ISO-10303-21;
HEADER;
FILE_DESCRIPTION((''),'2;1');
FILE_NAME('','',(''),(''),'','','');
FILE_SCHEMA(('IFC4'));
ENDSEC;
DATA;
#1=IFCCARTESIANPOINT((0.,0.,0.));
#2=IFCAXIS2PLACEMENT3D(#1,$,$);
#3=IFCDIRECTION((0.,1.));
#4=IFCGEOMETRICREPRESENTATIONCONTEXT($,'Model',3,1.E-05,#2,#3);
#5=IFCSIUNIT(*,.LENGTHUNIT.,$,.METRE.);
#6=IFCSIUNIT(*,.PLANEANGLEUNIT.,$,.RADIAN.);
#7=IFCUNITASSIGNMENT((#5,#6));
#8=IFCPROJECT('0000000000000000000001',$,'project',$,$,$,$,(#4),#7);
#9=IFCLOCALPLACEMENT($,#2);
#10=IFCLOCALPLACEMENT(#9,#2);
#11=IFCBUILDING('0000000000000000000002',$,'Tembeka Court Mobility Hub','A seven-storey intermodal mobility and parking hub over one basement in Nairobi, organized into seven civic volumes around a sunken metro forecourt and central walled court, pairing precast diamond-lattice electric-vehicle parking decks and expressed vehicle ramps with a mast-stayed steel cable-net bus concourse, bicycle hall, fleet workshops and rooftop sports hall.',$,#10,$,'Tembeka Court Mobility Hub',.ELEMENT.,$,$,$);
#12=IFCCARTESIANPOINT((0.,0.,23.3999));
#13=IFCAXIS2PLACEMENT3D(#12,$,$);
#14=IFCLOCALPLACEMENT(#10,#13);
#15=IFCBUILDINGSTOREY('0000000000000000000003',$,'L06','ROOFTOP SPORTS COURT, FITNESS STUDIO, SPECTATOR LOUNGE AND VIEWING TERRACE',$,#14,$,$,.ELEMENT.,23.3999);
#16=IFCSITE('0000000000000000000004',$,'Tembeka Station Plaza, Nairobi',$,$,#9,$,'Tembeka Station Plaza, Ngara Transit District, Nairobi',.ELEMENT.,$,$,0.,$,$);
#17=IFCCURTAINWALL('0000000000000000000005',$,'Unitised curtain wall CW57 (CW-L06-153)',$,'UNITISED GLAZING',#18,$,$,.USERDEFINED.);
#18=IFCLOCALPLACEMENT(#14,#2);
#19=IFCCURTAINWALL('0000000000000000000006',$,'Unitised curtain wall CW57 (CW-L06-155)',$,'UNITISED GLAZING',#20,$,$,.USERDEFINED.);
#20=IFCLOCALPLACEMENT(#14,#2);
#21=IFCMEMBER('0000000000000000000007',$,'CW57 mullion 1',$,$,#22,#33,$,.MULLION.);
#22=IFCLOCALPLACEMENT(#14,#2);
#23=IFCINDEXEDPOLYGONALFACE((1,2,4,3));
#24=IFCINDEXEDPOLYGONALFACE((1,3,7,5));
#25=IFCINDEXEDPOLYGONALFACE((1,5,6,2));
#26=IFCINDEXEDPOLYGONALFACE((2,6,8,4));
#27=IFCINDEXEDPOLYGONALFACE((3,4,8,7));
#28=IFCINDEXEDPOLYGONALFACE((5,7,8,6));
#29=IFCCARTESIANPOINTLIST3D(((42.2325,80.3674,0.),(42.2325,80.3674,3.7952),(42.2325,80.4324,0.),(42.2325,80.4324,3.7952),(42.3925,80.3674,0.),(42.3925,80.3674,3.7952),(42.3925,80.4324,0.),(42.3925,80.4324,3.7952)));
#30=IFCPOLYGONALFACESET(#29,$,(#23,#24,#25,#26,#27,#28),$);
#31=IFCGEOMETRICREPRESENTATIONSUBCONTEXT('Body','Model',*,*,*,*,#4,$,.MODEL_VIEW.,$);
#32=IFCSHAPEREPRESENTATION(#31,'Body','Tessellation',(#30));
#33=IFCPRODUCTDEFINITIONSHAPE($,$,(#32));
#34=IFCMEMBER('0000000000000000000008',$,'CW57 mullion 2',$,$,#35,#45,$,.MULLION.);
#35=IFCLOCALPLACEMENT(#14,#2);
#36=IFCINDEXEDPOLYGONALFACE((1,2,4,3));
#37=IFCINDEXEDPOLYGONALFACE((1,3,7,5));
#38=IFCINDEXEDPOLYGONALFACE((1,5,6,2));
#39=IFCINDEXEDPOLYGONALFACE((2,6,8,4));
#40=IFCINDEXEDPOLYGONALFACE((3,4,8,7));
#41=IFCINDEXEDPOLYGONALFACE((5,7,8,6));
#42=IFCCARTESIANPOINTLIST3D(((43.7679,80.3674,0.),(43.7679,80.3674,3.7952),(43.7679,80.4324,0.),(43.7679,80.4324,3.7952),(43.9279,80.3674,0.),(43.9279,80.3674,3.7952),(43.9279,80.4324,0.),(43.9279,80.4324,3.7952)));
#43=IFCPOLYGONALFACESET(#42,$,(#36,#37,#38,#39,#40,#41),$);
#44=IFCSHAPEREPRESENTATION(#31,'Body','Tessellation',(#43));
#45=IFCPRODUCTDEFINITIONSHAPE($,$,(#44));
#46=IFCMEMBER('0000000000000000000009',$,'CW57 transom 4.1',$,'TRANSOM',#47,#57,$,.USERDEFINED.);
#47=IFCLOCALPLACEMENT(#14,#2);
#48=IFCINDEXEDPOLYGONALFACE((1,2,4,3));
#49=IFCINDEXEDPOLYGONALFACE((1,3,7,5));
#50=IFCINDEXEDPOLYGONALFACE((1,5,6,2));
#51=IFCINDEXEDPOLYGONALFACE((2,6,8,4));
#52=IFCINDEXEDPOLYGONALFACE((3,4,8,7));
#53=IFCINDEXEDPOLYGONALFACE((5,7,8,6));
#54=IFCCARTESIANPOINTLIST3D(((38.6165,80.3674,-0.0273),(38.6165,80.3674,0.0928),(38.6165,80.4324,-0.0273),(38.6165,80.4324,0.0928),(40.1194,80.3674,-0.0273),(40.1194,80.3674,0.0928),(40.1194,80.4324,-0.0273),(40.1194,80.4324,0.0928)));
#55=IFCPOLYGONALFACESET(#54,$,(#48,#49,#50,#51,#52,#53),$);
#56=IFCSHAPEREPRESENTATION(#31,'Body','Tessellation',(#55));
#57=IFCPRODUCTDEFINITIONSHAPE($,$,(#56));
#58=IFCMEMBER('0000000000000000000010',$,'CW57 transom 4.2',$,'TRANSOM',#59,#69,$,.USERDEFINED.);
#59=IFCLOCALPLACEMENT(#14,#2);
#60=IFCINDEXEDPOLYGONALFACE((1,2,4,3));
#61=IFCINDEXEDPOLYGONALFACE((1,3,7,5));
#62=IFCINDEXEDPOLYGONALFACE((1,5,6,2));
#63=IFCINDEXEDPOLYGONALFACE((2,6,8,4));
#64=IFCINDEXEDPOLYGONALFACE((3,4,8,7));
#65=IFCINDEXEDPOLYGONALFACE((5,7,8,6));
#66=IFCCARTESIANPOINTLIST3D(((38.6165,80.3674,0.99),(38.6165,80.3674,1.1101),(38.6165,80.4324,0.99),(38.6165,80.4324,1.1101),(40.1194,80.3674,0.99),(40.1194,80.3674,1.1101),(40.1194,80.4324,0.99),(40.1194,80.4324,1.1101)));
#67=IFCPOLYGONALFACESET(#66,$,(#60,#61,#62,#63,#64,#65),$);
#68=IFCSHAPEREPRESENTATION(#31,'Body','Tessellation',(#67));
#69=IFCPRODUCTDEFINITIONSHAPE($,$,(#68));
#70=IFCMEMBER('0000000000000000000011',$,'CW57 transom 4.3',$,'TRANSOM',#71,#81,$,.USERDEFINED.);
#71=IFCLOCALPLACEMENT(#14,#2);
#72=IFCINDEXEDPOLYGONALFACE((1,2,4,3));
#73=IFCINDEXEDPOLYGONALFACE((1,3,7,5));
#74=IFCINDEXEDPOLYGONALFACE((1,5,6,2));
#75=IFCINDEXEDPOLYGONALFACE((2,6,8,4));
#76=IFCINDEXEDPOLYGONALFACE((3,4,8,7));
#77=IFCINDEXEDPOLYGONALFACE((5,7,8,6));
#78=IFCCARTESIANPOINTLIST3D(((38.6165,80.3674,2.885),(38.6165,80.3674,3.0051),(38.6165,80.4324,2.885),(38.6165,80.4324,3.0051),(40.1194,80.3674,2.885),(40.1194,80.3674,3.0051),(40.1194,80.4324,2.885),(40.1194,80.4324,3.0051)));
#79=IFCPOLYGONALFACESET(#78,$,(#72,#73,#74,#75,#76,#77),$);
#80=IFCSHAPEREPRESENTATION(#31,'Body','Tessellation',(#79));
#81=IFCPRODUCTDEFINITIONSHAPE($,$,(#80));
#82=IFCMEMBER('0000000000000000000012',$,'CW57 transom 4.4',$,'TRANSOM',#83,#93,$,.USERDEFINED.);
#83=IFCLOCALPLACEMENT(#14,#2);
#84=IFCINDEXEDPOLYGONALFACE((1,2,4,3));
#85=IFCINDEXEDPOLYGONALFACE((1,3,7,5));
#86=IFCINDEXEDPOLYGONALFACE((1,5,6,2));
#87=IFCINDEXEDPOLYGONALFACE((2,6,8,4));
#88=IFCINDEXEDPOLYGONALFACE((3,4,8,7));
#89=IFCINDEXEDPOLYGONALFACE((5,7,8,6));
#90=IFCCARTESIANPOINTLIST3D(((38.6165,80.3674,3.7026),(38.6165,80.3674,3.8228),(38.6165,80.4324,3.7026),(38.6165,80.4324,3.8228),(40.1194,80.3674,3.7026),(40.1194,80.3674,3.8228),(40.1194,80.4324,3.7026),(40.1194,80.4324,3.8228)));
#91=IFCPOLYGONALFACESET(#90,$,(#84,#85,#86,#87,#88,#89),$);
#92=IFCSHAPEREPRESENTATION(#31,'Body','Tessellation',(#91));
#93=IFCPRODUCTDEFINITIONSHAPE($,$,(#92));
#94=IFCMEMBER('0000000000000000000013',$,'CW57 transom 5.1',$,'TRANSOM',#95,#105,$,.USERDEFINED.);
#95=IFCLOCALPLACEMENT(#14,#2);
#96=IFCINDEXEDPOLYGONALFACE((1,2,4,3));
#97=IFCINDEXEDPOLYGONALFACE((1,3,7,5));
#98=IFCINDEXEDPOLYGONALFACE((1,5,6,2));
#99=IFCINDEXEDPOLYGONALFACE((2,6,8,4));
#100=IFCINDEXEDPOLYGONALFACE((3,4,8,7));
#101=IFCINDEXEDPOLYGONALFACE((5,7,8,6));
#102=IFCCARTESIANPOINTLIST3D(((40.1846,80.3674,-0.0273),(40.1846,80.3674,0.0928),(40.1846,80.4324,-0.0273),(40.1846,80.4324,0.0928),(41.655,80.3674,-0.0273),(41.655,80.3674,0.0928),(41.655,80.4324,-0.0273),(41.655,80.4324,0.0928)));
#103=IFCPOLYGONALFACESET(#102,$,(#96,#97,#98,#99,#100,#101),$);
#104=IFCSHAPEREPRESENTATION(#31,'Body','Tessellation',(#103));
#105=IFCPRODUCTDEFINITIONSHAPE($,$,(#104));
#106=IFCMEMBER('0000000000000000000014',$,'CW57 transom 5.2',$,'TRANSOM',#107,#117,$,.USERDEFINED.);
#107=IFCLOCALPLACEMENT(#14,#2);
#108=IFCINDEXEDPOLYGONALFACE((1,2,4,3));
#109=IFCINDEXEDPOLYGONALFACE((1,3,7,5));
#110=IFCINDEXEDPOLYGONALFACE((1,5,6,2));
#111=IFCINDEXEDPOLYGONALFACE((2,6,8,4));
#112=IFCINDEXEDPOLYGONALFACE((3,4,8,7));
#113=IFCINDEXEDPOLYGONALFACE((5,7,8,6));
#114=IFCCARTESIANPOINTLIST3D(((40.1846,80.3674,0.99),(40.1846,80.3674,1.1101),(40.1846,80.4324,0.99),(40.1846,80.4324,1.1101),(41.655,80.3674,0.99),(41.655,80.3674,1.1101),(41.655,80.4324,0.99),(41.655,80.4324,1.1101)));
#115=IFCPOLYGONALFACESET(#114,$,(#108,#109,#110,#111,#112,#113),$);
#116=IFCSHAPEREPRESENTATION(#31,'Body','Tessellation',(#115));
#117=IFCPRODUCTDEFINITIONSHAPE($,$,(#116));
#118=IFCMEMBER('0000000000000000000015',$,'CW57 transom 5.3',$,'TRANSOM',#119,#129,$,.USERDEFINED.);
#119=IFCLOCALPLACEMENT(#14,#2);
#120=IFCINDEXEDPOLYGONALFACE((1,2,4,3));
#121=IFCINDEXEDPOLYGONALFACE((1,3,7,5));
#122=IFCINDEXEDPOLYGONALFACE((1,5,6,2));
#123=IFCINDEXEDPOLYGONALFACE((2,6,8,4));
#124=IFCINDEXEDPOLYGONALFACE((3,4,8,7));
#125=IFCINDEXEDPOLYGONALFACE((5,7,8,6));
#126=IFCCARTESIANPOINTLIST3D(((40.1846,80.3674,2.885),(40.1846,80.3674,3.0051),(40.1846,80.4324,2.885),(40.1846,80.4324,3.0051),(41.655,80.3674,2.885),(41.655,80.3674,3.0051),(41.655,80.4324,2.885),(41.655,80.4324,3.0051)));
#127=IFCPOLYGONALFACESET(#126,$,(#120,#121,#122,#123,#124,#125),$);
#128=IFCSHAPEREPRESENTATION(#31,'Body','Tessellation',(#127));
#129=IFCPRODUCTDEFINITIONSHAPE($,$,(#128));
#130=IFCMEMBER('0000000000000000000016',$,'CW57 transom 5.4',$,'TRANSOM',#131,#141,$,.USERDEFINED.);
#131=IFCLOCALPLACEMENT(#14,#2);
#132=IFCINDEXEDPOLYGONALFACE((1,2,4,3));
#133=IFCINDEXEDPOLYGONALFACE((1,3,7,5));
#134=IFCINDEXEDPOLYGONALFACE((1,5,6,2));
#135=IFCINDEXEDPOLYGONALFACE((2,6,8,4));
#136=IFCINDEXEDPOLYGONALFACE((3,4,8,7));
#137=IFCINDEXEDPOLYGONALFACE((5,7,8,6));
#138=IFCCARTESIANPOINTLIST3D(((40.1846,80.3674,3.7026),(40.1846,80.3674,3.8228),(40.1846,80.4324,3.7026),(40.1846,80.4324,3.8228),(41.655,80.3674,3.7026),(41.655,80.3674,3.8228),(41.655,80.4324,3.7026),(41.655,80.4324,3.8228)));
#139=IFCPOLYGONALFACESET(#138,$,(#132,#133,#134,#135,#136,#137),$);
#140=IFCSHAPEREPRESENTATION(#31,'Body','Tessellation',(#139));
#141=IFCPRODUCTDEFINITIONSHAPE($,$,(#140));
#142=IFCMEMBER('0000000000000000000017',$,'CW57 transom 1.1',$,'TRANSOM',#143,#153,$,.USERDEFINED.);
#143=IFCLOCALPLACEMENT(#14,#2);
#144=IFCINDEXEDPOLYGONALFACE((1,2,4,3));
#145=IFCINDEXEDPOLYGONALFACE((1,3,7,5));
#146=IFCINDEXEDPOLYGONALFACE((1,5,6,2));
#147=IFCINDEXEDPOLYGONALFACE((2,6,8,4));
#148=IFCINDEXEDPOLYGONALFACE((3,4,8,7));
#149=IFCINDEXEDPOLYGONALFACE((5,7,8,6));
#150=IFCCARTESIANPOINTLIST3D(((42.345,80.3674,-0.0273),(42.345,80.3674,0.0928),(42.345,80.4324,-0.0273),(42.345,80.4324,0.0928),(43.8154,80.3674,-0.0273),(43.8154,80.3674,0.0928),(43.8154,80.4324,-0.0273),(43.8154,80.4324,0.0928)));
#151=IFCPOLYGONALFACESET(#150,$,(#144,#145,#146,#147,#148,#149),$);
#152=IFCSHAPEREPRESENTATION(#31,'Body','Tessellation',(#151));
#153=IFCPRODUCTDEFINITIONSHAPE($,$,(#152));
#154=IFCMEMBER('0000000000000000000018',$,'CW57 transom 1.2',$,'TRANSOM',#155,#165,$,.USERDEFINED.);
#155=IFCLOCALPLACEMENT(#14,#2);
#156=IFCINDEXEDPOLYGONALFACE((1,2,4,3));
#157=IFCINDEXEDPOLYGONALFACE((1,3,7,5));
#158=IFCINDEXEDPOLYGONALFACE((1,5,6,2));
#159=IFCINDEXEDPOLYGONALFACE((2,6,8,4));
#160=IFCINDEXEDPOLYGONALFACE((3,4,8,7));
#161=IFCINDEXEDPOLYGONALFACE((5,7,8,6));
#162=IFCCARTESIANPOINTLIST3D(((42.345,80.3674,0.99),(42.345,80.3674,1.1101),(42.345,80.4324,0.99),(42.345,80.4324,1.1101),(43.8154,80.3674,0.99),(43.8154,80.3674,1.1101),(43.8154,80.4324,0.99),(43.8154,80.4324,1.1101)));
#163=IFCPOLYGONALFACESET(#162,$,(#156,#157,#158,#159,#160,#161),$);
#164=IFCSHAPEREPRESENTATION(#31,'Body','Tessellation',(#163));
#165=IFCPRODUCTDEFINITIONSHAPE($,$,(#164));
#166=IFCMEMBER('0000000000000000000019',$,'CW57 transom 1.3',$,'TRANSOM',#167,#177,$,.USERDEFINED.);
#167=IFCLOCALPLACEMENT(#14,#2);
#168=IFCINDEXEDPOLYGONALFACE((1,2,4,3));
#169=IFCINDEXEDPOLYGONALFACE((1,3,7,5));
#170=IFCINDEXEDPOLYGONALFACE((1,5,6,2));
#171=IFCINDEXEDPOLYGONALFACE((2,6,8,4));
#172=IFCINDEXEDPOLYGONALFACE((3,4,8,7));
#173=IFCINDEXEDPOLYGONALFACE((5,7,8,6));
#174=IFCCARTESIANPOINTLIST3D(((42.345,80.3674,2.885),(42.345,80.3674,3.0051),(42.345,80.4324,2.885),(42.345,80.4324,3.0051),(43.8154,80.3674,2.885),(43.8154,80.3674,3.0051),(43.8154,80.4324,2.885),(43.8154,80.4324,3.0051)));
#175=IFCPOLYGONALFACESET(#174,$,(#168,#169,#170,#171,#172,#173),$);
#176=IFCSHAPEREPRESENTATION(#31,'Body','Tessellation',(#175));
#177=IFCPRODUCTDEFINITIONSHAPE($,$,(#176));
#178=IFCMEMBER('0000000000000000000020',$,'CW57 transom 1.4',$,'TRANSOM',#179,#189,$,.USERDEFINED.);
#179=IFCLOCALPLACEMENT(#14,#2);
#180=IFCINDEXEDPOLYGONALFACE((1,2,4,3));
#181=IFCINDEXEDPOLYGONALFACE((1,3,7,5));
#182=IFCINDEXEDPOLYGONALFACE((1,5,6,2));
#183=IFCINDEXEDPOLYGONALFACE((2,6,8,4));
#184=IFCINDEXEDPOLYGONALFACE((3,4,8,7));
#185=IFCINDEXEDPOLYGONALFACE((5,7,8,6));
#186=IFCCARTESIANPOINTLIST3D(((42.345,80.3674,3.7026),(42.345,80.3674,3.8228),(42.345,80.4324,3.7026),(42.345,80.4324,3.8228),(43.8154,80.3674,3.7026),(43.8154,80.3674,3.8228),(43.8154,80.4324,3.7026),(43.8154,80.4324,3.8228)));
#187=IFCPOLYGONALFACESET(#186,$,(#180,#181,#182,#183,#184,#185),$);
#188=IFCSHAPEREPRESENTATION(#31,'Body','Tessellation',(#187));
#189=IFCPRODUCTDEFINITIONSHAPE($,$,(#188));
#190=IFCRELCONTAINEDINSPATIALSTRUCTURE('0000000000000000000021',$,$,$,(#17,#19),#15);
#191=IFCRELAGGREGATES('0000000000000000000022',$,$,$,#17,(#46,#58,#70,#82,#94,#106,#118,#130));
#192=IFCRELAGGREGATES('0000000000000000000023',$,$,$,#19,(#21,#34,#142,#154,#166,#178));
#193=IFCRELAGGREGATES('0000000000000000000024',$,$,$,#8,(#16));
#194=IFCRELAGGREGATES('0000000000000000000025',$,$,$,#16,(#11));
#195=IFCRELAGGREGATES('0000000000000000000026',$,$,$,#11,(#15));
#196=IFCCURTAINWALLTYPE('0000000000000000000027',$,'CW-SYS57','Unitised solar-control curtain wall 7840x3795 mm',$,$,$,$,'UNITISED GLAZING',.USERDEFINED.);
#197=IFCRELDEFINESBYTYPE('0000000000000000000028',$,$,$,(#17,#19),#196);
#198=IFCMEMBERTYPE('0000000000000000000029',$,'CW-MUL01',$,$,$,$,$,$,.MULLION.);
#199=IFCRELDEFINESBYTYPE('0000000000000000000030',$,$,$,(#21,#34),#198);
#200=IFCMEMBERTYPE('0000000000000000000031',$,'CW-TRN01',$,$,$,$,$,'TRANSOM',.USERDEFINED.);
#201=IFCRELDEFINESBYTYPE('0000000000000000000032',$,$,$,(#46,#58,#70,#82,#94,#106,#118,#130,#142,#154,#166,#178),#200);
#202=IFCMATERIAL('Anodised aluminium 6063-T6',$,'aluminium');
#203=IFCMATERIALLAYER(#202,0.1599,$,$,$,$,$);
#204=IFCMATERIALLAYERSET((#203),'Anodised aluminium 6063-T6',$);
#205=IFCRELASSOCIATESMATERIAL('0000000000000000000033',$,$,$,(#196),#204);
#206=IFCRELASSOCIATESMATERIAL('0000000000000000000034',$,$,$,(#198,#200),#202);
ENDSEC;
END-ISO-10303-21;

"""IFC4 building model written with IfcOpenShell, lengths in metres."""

from ifc_helpers import new_model, si_unit, direction, frame, origin, origin_2d, place, context, subcontext, project, spatial, rectangle, extrude, material, layer, layer_set, material_profile, profile_set, type_object, element, aggregate, save


model = new_model("IFC4")

# Units and contexts
model_context = context("Model", 3, precision=1e-05, world=origin(), true_north=direction((0.0, 1.0)))
body_context = subcontext(model_context, "Body", "Model", "MODEL_VIEW")
ifc_project = project(units=[si_unit("LENGTHUNIT", "METRE"), si_unit("PLANEANGLEUNIT", "RADIAN")], contexts=[model_context])

# Site, building, storey
site_placement = place(None, origin())
site = spatial("IfcSite", under=ifc_project, at=site_placement, Name="Tembeka Station Plaza, Nairobi", LongName="Tembeka Station Plaza, Ngara Transit District, Nairobi", CompositionType="ELEMENT", RefElevation=0.0)
building_placement = place(site_placement, origin())
building = spatial("IfcBuilding", under=site, at=building_placement, Name="Tembeka Court Mobility Hub", Description="A seven-storey intermodal mobility and parking hub over one basement in Nairobi, organized into seven civic volumes around a sunken metro forecourt and central walled court, pairing precast diamond-lattice electric-vehicle parking decks and expressed vehicle ramps with a mast-stayed steel cable-net bus concourse, bicycle hall, fleet workshops and rooftop sports hall.", LongName="Tembeka Court Mobility Hub", CompositionType="ELEMENT")
storey_placement = place(building_placement, frame((0.0, 0.0, 23.3999)))
storey = spatial("IfcBuildingStorey", under=building, at=storey_placement, Name="L06", Description="ROOFTOP SPORTS COURT, FITNESS STUDIO, SPECTATOR LOUNGE AND VIEWING TERRACE", CompositionType="ELEMENT", Elevation=23.3999)

# Curtain walls, members
ifc_material_1 = material(Name="Anodised aluminium 6063-T6", Category="aluminium")
ifc_layer_1 = layer(ifc_material_1, 0.1599)
ifc_layer_set_1 = layer_set([ifc_layer_1], Name="Anodised aluminium 6063-T6")
curtain_wall_type = type_object("IfcCurtainWallType", Name="CW-SYS57", Description="Unitised solar-control curtain wall 7840x3795 mm", ElementType="UNITISED GLAZING", PredefinedType="USERDEFINED", material=ifc_layer_set_1)
curtain_wall_1_placement = place(storey_placement, origin())
curtain_wall_1 = element("IfcCurtainWall", 1, at=curtain_wall_1_placement, inside=storey, type_object=curtain_wall_type, Name="Unitised curtain wall CW57 (CW-L06-153)", ObjectType="UNITISED GLAZING", PredefinedType="USERDEFINED")
ifc_material_profile_1 = material_profile(ifc_material_1, rectangle(XDim=0.0649, YDim=0.1599, at=origin_2d()), Name="ALU-MUL 65x160")
ifc_profile_set_1 = profile_set([ifc_material_profile_1], Name="Anodised aluminium 6063-T6")
member_type_1 = type_object("IfcMemberType", Name="CW-MUL01", PredefinedType="MULLION", material=ifc_profile_set_1)
curtain_wall_2_placement = place(storey_placement, origin())
curtain_wall_2 = element("IfcCurtainWall", 2, at=curtain_wall_2_placement, inside=storey, type_object=curtain_wall_type, Name="Unitised curtain wall CW57 (CW-L06-155)", ObjectType="UNITISED GLAZING", PredefinedType="USERDEFINED")
member_1_placement = place(storey_placement, frame((42.3125, 80.3999, 0.0), z_axis=(0.0, 0.0, 1.0), x_axis=(0.0, 1.0, 0.0)))
member_1 = element("IfcMember", 3, at=member_1_placement, type_object=member_type_1, Name="CW57 mullion 1", PredefinedType="MULLION", context=body_context, shape_type="SweptSolid", body=[
    extrude(rectangle(XDim=0.0649, YDim=0.1599, at=origin_2d()), origin(), (0.0, 0.0, 1.0), 3.7952),
])
member_2_placement = place(storey_placement, frame((43.8479, 80.3999, 0.0), z_axis=(0.0, 0.0, 1.0), x_axis=(0.0, 1.0, 0.0)))
member_2 = element("IfcMember", 4, at=member_2_placement, type_object=member_type_1, Name="CW57 mullion 2", PredefinedType="MULLION", context=body_context, shape_type="SweptSolid", body=[
    extrude(rectangle(XDim=0.0649, YDim=0.1599, at=origin_2d()), origin(), (0.0, 0.0, 1.0), 3.7952),
])

# Members
ifc_material_profile_2 = material_profile(ifc_material_1, rectangle(XDim=0.0649, YDim=0.1201, at=origin_2d()), Name="ALU-TRN 65x120")
ifc_profile_set_2 = profile_set([ifc_material_profile_2], Name="Anodised aluminium 6063-T6")
member_type_2 = type_object("IfcMemberType", Name="CW-TRN01", ElementType="TRANSOM", PredefinedType="USERDEFINED", material=ifc_profile_set_2)
member_3_placement = place(storey_placement, frame((38.6165, 80.3999, 0.0327), z_axis=(1.0, 0.0, 0.0), x_axis=(0.0, 1.0, 0.0)))
member_3 = element("IfcMember", 5, at=member_3_placement, type_object=member_type_2, Name="CW57 transom 4.1", ObjectType="TRANSOM", PredefinedType="USERDEFINED", context=body_context, shape_type="SweptSolid", body=[
    extrude(rectangle(XDim=0.0649, YDim=0.1201, at=origin_2d()), origin(), (0.0, 0.0, 1.0), 1.5029),
])
member_4_placement = place(storey_placement, frame((38.6165, 80.3999, 1.05), z_axis=(1.0, 0.0, 0.0), x_axis=(0.0, 1.0, 0.0)))
member_4 = element("IfcMember", 6, at=member_4_placement, type_object=member_type_2, Name="CW57 transom 4.2", ObjectType="TRANSOM", PredefinedType="USERDEFINED", context=body_context, shape_type="SweptSolid", body=[
    extrude(rectangle(XDim=0.0649, YDim=0.1201, at=origin_2d()), origin(), (0.0, 0.0, 1.0), 1.5029),
])
member_5_placement = place(storey_placement, frame((38.6165, 80.3999, 2.9451), z_axis=(1.0, 0.0, 0.0), x_axis=(0.0, 1.0, 0.0)))
member_5 = element("IfcMember", 7, at=member_5_placement, type_object=member_type_2, Name="CW57 transom 4.3", ObjectType="TRANSOM", PredefinedType="USERDEFINED", context=body_context, shape_type="SweptSolid", body=[
    extrude(rectangle(XDim=0.0649, YDim=0.1201, at=origin_2d()), origin(), (0.0, 0.0, 1.0), 1.5029),
])
member_6_placement = place(storey_placement, frame((38.6165, 80.3999, 3.7627), z_axis=(1.0, 0.0, 0.0), x_axis=(0.0, 1.0, 0.0)))
member_6 = element("IfcMember", 8, at=member_6_placement, type_object=member_type_2, Name="CW57 transom 4.4", ObjectType="TRANSOM", PredefinedType="USERDEFINED", context=body_context, shape_type="SweptSolid", body=[
    extrude(rectangle(XDim=0.0649, YDim=0.1201, at=origin_2d()), origin(), (0.0, 0.0, 1.0), 1.5029),
])
member_7_placement = place(storey_placement, frame((40.1846, 80.3999, 0.0327), z_axis=(1.0, 0.0, 0.0), x_axis=(0.0, 1.0, 0.0)))
member_7 = element("IfcMember", 9, at=member_7_placement, type_object=member_type_2, Name="CW57 transom 5.1", ObjectType="TRANSOM", PredefinedType="USERDEFINED", context=body_context, shape_type="SweptSolid", body=[
    extrude(rectangle(XDim=0.0649, YDim=0.1201, at=origin_2d()), origin(), (0.0, 0.0, 1.0), 1.4705),
])
member_8_placement = place(storey_placement, frame((40.1846, 80.3999, 1.05), z_axis=(1.0, 0.0, 0.0), x_axis=(0.0, 1.0, 0.0)))
member_8 = element("IfcMember", 10, at=member_8_placement, type_object=member_type_2, Name="CW57 transom 5.2", ObjectType="TRANSOM", PredefinedType="USERDEFINED", context=body_context, shape_type="SweptSolid", body=[
    extrude(rectangle(XDim=0.0649, YDim=0.1201, at=origin_2d()), origin(), (0.0, 0.0, 1.0), 1.4705),
])
member_9_placement = place(storey_placement, frame((40.1846, 80.3999, 2.9451), z_axis=(1.0, 0.0, 0.0), x_axis=(0.0, 1.0, 0.0)))
member_9 = element("IfcMember", 11, at=member_9_placement, type_object=member_type_2, Name="CW57 transom 5.3", ObjectType="TRANSOM", PredefinedType="USERDEFINED", context=body_context, shape_type="SweptSolid", body=[
    extrude(rectangle(XDim=0.0649, YDim=0.1201, at=origin_2d()), origin(), (0.0, 0.0, 1.0), 1.4705),
])
member_10_placement = place(storey_placement, frame((40.1846, 80.3999, 3.7627), z_axis=(1.0, 0.0, 0.0), x_axis=(0.0, 1.0, 0.0)))
member_10 = element("IfcMember", 12, at=member_10_placement, type_object=member_type_2, Name="CW57 transom 5.4", ObjectType="TRANSOM", PredefinedType="USERDEFINED", context=body_context, shape_type="SweptSolid", body=[
    extrude(rectangle(XDim=0.0649, YDim=0.1201, at=origin_2d()), origin(), (0.0, 0.0, 1.0), 1.4705),
])
member_11_placement = place(storey_placement, frame((42.345, 80.3999, 0.0327), z_axis=(1.0, 0.0, 0.0), x_axis=(0.0, 1.0, 0.0)))
member_11 = element("IfcMember", 13, at=member_11_placement, type_object=member_type_2, Name="CW57 transom 1.1", ObjectType="TRANSOM", PredefinedType="USERDEFINED", context=body_context, shape_type="SweptSolid", body=[
    extrude(rectangle(XDim=0.0649, YDim=0.1201, at=origin_2d()), origin(), (0.0, 0.0, 1.0), 1.4705),
])
member_12_placement = place(storey_placement, frame((42.345, 80.3999, 1.05), z_axis=(1.0, 0.0, 0.0), x_axis=(0.0, 1.0, 0.0)))
member_12 = element("IfcMember", 14, at=member_12_placement, type_object=member_type_2, Name="CW57 transom 1.2", ObjectType="TRANSOM", PredefinedType="USERDEFINED", context=body_context, shape_type="SweptSolid", body=[
    extrude(rectangle(XDim=0.0649, YDim=0.1201, at=origin_2d()), origin(), (0.0, 0.0, 1.0), 1.4705),
])
member_13_placement = place(storey_placement, frame((42.345, 80.3999, 2.9451), z_axis=(1.0, 0.0, 0.0), x_axis=(0.0, 1.0, 0.0)))
member_13 = element("IfcMember", 15, at=member_13_placement, type_object=member_type_2, Name="CW57 transom 1.3", ObjectType="TRANSOM", PredefinedType="USERDEFINED", context=body_context, shape_type="SweptSolid", body=[
    extrude(rectangle(XDim=0.0649, YDim=0.1201, at=origin_2d()), origin(), (0.0, 0.0, 1.0), 1.4705),
])
member_14_placement = place(storey_placement, frame((42.345, 80.3999, 3.7627), z_axis=(1.0, 0.0, 0.0), x_axis=(0.0, 1.0, 0.0)))
member_14 = element("IfcMember", 16, at=member_14_placement, type_object=member_type_2, Name="CW57 transom 1.4", ObjectType="TRANSOM", PredefinedType="USERDEFINED", context=body_context, shape_type="SweptSolid", body=[
    extrude(rectangle(XDim=0.0649, YDim=0.1201, at=origin_2d()), origin(), (0.0, 0.0, 1.0), 1.4705),
])

aggregate(curtain_wall_1, [member_3, member_4, member_5, member_6, member_7, member_8, member_9, member_10])
aggregate(curtain_wall_2, [member_1, member_2, member_11, member_12, member_13, member_14])

save(model, "model.ifc")
